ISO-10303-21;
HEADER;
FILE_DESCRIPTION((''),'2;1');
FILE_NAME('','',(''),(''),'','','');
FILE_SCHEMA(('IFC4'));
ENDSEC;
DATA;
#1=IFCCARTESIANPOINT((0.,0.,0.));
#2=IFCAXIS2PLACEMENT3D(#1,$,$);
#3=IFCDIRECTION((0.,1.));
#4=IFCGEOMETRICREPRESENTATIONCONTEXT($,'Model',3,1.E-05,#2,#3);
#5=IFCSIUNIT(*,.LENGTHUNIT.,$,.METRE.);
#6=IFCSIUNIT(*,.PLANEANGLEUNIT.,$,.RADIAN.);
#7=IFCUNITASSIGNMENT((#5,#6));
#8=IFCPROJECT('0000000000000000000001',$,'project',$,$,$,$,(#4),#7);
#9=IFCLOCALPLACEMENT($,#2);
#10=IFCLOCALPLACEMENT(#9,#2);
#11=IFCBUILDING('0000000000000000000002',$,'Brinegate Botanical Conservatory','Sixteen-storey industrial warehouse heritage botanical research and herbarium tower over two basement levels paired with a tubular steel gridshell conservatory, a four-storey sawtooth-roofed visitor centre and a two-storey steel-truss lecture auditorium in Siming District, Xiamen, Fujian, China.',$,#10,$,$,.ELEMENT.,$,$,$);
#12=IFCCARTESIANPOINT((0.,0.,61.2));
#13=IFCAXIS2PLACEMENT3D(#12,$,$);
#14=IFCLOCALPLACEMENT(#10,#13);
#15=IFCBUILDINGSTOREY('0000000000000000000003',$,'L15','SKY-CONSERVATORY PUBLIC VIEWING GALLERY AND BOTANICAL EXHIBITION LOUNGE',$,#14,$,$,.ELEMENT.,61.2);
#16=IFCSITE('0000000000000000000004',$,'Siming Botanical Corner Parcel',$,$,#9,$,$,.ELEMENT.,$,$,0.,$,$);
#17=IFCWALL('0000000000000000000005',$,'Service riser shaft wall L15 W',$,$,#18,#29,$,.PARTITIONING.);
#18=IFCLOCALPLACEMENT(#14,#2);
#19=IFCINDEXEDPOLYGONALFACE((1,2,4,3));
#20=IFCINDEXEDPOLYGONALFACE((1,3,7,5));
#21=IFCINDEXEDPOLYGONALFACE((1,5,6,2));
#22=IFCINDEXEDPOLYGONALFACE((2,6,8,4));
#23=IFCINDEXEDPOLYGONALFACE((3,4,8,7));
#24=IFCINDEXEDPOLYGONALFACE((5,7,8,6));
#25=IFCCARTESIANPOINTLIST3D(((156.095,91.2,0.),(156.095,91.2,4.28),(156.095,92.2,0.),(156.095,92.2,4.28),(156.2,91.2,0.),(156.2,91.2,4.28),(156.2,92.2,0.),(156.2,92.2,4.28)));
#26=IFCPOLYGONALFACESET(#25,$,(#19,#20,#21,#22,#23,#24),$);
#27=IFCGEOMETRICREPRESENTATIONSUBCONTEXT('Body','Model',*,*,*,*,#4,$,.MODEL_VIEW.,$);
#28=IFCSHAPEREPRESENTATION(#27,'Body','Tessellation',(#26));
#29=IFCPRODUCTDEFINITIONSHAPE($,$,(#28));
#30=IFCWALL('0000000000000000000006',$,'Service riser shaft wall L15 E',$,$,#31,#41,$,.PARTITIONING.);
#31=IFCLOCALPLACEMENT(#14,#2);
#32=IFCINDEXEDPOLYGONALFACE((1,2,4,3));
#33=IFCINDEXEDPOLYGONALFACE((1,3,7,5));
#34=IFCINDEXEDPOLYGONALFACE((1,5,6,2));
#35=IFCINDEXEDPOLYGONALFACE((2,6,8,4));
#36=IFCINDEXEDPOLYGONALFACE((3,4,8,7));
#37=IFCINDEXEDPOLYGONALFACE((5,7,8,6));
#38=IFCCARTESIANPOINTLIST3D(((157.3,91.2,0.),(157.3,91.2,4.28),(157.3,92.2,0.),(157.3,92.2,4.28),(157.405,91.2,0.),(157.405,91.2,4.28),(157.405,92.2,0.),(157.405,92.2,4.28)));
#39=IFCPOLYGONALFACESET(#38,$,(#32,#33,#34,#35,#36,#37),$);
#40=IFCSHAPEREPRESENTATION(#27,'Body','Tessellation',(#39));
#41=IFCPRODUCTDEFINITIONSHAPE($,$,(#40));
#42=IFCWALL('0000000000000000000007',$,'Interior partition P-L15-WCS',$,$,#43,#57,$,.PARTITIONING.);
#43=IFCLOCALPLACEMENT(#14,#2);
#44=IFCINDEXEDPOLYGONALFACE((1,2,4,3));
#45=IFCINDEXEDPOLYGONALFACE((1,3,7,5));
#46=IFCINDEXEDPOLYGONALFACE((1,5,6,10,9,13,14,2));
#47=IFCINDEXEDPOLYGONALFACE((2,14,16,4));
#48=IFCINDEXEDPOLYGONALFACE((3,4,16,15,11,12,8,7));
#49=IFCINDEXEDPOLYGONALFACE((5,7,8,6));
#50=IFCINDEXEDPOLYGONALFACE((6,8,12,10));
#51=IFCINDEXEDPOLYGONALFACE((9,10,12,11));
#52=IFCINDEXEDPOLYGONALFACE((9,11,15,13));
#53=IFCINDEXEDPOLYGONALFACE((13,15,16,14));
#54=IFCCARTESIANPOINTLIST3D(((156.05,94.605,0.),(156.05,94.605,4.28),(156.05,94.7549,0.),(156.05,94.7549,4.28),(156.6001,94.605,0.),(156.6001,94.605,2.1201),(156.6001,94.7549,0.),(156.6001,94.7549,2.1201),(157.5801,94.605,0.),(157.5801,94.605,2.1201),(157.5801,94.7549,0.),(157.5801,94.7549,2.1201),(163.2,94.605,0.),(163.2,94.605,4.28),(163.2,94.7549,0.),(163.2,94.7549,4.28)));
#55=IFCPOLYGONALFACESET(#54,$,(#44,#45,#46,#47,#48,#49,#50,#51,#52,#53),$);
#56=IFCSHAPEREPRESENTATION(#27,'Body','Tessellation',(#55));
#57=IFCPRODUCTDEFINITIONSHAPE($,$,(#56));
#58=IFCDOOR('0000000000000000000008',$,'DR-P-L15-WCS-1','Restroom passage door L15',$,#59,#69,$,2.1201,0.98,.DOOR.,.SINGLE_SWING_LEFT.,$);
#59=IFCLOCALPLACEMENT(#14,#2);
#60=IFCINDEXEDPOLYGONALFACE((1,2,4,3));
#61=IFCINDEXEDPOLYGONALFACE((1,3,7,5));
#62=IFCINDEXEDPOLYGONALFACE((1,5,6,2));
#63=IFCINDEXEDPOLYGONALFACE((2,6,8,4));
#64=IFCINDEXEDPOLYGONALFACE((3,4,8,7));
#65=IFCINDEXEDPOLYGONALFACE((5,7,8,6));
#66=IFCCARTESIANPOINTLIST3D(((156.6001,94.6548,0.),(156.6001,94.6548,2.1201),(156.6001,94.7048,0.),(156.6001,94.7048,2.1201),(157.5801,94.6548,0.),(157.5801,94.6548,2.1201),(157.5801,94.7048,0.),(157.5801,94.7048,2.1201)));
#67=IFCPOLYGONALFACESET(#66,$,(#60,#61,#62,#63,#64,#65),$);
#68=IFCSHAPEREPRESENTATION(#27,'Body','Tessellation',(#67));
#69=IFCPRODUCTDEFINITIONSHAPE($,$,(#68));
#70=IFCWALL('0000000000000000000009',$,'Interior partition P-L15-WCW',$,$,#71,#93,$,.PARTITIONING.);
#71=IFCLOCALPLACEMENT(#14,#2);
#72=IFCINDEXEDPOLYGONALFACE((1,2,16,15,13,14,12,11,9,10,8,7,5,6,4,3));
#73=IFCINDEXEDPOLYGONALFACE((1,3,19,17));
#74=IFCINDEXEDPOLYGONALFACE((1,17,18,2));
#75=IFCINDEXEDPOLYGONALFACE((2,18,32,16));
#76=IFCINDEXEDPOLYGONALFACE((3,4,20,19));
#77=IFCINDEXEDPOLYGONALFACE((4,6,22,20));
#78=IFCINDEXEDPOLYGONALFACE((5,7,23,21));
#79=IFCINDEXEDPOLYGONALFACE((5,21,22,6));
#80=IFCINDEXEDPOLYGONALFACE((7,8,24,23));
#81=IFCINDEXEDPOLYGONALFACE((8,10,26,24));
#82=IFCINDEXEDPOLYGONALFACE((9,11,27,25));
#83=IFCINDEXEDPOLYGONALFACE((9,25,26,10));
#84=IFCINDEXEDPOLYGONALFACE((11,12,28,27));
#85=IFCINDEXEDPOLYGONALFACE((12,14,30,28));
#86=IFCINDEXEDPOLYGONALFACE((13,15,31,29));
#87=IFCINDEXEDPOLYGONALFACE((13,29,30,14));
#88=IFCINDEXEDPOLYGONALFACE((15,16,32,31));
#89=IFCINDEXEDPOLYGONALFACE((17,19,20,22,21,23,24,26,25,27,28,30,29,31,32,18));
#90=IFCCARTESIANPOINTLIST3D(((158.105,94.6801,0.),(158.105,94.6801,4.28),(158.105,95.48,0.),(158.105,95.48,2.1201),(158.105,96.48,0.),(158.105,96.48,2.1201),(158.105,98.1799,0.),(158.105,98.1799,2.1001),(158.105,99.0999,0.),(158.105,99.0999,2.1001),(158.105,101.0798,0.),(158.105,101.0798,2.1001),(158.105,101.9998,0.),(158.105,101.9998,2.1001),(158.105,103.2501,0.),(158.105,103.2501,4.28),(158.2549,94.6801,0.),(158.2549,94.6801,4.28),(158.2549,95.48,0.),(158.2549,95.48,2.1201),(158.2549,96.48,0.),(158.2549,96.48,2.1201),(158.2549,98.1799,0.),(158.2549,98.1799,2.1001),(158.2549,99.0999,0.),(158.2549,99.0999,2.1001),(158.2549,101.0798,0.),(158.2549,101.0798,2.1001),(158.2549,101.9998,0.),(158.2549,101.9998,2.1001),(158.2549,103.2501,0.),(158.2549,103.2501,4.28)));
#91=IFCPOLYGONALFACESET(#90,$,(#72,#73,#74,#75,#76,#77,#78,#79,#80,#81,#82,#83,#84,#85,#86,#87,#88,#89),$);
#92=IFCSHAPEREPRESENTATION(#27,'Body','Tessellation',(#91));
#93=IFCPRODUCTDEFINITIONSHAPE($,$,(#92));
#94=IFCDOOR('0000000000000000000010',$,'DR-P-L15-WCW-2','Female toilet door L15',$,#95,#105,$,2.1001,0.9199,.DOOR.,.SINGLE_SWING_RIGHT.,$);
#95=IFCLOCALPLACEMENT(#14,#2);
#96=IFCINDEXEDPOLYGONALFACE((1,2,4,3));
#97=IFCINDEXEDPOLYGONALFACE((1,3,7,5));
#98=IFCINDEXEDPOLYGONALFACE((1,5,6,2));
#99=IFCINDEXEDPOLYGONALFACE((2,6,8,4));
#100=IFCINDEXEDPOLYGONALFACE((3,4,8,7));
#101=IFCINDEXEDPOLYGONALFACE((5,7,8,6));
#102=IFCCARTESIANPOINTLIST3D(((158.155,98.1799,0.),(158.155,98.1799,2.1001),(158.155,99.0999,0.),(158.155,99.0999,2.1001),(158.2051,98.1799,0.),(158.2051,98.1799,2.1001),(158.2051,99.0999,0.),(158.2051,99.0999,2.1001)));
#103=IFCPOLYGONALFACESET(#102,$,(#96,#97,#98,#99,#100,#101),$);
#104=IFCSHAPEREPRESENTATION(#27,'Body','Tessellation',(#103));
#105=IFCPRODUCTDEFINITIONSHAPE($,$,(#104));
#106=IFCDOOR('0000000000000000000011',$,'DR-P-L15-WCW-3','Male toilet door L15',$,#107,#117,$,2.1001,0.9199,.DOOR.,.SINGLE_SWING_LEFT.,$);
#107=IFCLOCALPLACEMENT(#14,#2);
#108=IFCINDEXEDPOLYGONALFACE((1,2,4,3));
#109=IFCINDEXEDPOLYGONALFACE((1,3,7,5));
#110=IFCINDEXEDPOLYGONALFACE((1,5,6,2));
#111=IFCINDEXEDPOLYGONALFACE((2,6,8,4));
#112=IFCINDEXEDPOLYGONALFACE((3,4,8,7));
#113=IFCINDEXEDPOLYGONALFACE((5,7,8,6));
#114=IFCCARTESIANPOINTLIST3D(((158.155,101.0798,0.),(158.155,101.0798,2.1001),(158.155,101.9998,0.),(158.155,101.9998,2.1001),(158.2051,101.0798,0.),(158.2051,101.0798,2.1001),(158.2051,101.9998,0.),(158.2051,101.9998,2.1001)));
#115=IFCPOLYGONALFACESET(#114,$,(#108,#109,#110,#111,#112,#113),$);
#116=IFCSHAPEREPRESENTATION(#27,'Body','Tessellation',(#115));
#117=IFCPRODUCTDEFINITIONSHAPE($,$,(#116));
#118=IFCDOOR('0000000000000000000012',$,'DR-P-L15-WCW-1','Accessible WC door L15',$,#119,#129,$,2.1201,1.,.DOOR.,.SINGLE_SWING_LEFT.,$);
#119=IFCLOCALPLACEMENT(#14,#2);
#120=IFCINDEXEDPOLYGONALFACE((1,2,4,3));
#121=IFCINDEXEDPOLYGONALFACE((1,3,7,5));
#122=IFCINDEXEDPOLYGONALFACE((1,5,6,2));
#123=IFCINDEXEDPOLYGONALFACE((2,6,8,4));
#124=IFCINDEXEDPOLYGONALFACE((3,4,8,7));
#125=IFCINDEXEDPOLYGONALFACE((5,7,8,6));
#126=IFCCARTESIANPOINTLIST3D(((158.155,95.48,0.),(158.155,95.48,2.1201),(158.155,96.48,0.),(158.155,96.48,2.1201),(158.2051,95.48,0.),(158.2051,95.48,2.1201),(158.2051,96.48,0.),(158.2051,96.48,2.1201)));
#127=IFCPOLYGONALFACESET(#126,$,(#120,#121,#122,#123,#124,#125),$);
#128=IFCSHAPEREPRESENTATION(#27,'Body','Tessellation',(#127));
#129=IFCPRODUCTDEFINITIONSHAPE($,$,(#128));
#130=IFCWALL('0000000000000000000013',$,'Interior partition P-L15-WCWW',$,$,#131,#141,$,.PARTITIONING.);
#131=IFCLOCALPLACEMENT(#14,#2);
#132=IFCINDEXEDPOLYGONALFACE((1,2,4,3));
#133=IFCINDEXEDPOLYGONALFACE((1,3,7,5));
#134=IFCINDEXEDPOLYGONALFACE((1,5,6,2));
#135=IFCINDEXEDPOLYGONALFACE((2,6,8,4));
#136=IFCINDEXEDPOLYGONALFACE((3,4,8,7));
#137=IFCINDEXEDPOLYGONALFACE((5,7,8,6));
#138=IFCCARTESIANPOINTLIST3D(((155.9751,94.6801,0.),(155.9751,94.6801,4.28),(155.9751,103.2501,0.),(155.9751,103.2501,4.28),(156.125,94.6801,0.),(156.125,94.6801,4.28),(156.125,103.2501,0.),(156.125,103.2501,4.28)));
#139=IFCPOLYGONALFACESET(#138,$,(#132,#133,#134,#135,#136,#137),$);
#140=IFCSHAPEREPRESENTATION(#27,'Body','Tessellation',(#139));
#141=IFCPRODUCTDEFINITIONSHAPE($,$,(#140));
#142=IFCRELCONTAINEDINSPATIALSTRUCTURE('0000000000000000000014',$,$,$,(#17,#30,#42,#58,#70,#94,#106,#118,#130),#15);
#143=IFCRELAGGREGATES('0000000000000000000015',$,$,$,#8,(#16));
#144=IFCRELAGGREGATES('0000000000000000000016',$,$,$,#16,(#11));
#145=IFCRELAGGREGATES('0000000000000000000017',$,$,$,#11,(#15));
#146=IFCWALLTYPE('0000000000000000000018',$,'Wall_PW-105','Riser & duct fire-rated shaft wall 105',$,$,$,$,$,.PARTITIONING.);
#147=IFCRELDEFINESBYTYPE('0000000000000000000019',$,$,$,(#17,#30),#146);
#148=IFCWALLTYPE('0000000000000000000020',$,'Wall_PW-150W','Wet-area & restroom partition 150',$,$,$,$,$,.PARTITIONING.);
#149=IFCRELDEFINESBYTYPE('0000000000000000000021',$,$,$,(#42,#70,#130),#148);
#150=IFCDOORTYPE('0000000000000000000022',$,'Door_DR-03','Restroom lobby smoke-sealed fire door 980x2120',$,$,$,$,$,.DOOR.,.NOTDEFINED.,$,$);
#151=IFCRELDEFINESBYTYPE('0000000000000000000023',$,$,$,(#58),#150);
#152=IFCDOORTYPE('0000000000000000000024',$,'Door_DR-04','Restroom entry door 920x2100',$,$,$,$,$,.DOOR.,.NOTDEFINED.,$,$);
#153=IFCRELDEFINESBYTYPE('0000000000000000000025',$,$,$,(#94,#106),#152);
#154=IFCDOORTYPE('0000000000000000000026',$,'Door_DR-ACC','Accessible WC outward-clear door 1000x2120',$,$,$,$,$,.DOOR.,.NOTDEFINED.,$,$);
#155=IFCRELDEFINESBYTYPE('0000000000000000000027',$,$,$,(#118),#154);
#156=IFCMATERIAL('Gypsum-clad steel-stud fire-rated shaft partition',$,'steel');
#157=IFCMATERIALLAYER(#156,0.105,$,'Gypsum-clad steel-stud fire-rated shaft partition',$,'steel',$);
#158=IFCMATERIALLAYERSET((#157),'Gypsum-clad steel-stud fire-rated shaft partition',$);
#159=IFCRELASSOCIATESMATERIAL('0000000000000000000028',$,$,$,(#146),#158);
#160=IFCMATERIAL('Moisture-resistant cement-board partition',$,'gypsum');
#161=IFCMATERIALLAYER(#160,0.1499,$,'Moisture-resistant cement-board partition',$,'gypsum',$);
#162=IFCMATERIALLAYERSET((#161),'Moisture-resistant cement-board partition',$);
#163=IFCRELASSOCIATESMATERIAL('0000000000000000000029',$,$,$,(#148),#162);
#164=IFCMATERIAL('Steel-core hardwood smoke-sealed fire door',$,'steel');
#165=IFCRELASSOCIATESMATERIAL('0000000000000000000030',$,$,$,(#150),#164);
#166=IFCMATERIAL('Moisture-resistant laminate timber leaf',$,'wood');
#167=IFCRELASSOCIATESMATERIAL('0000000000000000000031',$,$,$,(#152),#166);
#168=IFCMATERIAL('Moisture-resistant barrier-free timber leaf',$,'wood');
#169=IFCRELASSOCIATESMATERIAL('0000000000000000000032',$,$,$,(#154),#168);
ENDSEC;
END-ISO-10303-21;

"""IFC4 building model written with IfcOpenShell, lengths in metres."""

from ifc_helpers import new_model, si_unit, direction, frame, frame_2d, origin, place, context, subcontext, project, spatial, rectangle, extrude, material, layer, layer_set, type_object, element, fill, save


model = new_model("IFC4")

# Units and contexts
model_context = context("Model", 3, precision=1e-05, world=origin(), true_north=direction((0.0, 1.0)))
body_context = subcontext(model_context, "Body", "Model", "MODEL_VIEW")
ifc_project = project(units=[si_unit("LENGTHUNIT", "METRE"), si_unit("PLANEANGLEUNIT", "RADIAN")], contexts=[model_context])

# Site, building, storey
site_placement = place(None, origin())
site = spatial("IfcSite", under=ifc_project, at=site_placement, Name="Siming Botanical Corner Parcel", CompositionType="ELEMENT", RefElevation=0.0)
building_placement = place(site_placement, origin())
building = spatial("IfcBuilding", under=site, at=building_placement, Name="Brinegate Botanical Conservatory", Description="Sixteen-storey industrial warehouse heritage botanical research and herbarium tower over two basement levels paired with a tubular steel gridshell conservatory, a four-storey sawtooth-roofed visitor centre and a two-storey steel-truss lecture auditorium in Siming District, Xiamen, Fujian, China.", CompositionType="ELEMENT")
storey_placement = place(building_placement, frame((0.0, 0.0, 61.2)))
storey = spatial("IfcBuildingStorey", under=building, at=storey_placement, Name="L15", Description="SKY-CONSERVATORY PUBLIC VIEWING GALLERY AND BOTANICAL EXHIBITION LOUNGE", CompositionType="ELEMENT", Elevation=61.2)

# Walls
ifc_material_1 = material(Name="Gypsum-clad steel-stud fire-rated shaft partition", Category="steel")
ifc_layer_1 = layer(ifc_material_1, 0.105, Name="Gypsum-clad steel-stud fire-rated shaft partition", Category="steel")
ifc_layer_set_1 = layer_set([ifc_layer_1], Name="Gypsum-clad steel-stud fire-rated shaft partition")
wall_type_1 = type_object("IfcWallType", Name="Wall_PW-105", Description="Riser & duct fire-rated shaft wall 105", PredefinedType="PARTITIONING", material=ifc_layer_set_1)
for number, where, z_axis, x_axis, name in (
    (1, (156.1475, 91.2, 0.0), (0.0, 0.0, 1.0), (0.0, 1.0, 0.0), "Service riser shaft wall L15 W"),
    (2, (157.3525, 91.2, 0.0), (0.0, 0.0, 1.0), (0.0, 1.0, 0.0), "Service riser shaft wall L15 E"),
):
    element("IfcWall", number, at=place(storey_placement, frame(where, z_axis=z_axis, x_axis=x_axis)), inside=storey, type_object=wall_type_1, Name=name, PredefinedType="PARTITIONING", context=body_context, shape_type="SweptSolid", body=[
        extrude(rectangle(XDim=1.0, YDim=0.105, at=frame_2d((0.5, 0.0))), origin(), (0.0, 0.0, 1.0), 4.28),
    ])

# Wall, opening, door
ifc_material_2 = material(Name="Moisture-resistant cement-board partition", Category="gypsum")
ifc_layer_2 = layer(ifc_material_2, 0.1499, Name="Moisture-resistant cement-board partition", Category="gypsum")
ifc_layer_set_2 = layer_set([ifc_layer_2], Name="Moisture-resistant cement-board partition")
wall_type_2 = type_object("IfcWallType", Name="Wall_PW-150W", Description="Wet-area & restroom partition 150", PredefinedType="PARTITIONING", material=ifc_layer_set_2)
wall_1_placement = place(storey_placement, frame((156.05, 94.6799, 0.0), z_axis=(0.0, 0.0, 1.0), x_axis=(1.0, 0.0, 0.0)))
wall_1 = element("IfcWall", 3, at=wall_1_placement, inside=storey, type_object=wall_type_2, Name="Interior partition P-L15-WCS", PredefinedType="PARTITIONING", context=body_context, shape_type="SweptSolid", body=[
    extrude(rectangle(XDim=7.1499, YDim=0.1499, at=frame_2d((3.575, 0.0))), origin(), (0.0, 0.0, 1.0), 4.28),
])
opening_1_placement = place(wall_1_placement, frame((0.55, 0.0, 0.0)))
opening_1 = element("IfcOpeningElement", 4, at=opening_1_placement, cuts=wall_1, PredefinedType="OPENING", context=body_context, shape_type="SweptSolid", body=[
    extrude(rectangle(XDim=0.98, YDim=2.1201, at=frame_2d((0.49, 1.0601))), frame((0.0, 0.085, 0.0), z_axis=(0.0, -1.0, 0.0), x_axis=(1.0, 0.0, 0.0)), (0.0, 0.0, 1.0), 0.1699),
])
ifc_material_3 = material(Name="Steel-core hardwood smoke-sealed fire door", Category="steel")
door_type_1 = type_object("IfcDoorType", Name="Door_DR-03", Description="Restroom lobby smoke-sealed fire door 980x2120", OperationType="NOTDEFINED", PredefinedType="DOOR", material=ifc_material_3)
door_1_placement = place(opening_1_placement, origin())
door_1 = element("IfcDoor", 5, at=door_1_placement, inside=storey, type_object=door_type_1, Name="DR-P-L15-WCS-1", Description="Restroom passage door L15", OperationType="SINGLE_SWING_LEFT", OverallHeight=2.1201, OverallWidth=0.98, PredefinedType="DOOR", context=body_context, shape_type="SweptSolid", body=[
    extrude(rectangle(XDim=0.98, YDim=2.1201, at=frame_2d((0.49, 1.0601))), frame((0.0, 0.0249, 0.0), z_axis=(0.0, -1.0, 0.0), x_axis=(1.0, 0.0, 0.0)), (0.0, 0.0, 1.0), 0.05),
])
fill(opening_1, door_1)

# Wall, openings, doors
wall_2_placement = place(storey_placement, frame((158.1799, 94.6799, 0.0), z_axis=(0.0, 0.0, 1.0), x_axis=(0.0, 1.0, 0.0)))
wall_2 = element("IfcWall", 6, at=wall_2_placement, inside=storey, type_object=wall_type_2, Name="Interior partition P-L15-WCW", PredefinedType="PARTITIONING", context=body_context, shape_type="SweptSolid", body=[
    extrude(rectangle(XDim=8.5701, YDim=0.1499, at=frame_2d((4.2852, 0.0))), origin(), (0.0, 0.0, 1.0), 4.28),
])
opening_2_placement = place(wall_2_placement, frame((0.8, 0.0, 0.0)))
opening_2 = element("IfcOpeningElement", 7, at=opening_2_placement, cuts=wall_2, PredefinedType="OPENING", context=body_context, shape_type="SweptSolid", body=[
    extrude(rectangle(XDim=1.0, YDim=2.1201, at=frame_2d((0.5, 1.0601))), frame((0.0, 0.085, 0.0), z_axis=(0.0, -1.0, 0.0), x_axis=(1.0, 0.0, 0.0)), (0.0, 0.0, 1.0), 0.1699),
])
opening_3_placement = place(wall_2_placement, frame((3.5, 0.0, 0.0)))
opening_3 = element("IfcOpeningElement", 8, at=opening_3_placement, cuts=wall_2, PredefinedType="OPENING", context=body_context, shape_type="SweptSolid", body=[
    extrude(rectangle(XDim=0.9199, YDim=2.1001, at=frame_2d((0.46, 1.05))), frame((0.0, 0.085, 0.0), z_axis=(0.0, -1.0, 0.0), x_axis=(1.0, 0.0, 0.0)), (0.0, 0.0, 1.0), 0.1699),
])
opening_4_placement = place(wall_2_placement, frame((6.3999, 0.0, 0.0)))
opening_4 = element("IfcOpeningElement", 9, at=opening_4_placement, cuts=wall_2, PredefinedType="OPENING", context=body_context, shape_type="SweptSolid", body=[
    extrude(rectangle(XDim=0.9199, YDim=2.1001, at=frame_2d((0.46, 1.05))), frame((0.0, 0.085, 0.0), z_axis=(0.0, -1.0, 0.0), x_axis=(1.0, 0.0, 0.0)), (0.0, 0.0, 1.0), 0.1699),
])
ifc_material_4 = material(Name="Moisture-resistant laminate timber leaf", Category="wood")
door_type_2 = type_object("IfcDoorType", Name="Door_DR-04", Description="Restroom entry door 920x2100", OperationType="NOTDEFINED", PredefinedType="DOOR", material=ifc_material_4)
door_2_placement = place(opening_3_placement, origin())
door_2 = element("IfcDoor", 10, at=door_2_placement, inside=storey, type_object=door_type_2, Name="DR-P-L15-WCW-2", Description="Female toilet door L15", OperationType="SINGLE_SWING_RIGHT", OverallHeight=2.1001, OverallWidth=0.9199, PredefinedType="DOOR", context=body_context, shape_type="SweptSolid", body=[
    extrude(rectangle(XDim=0.9199, YDim=2.1001, at=frame_2d((0.46, 1.05))), frame((0.0, 0.0249, 0.0), z_axis=(0.0, -1.0, 0.0), x_axis=(1.0, 0.0, 0.0)), (0.0, 0.0, 1.0), 0.05),
])
fill(opening_3, door_2)
door_3_placement = place(opening_4_placement, origin())
door_3 = element("IfcDoor", 11, at=door_3_placement, inside=storey, type_object=door_type_2, Name="DR-P-L15-WCW-3", Description="Male toilet door L15", OperationType="SINGLE_SWING_LEFT", OverallHeight=2.1001, OverallWidth=0.9199, PredefinedType="DOOR", context=body_context, shape_type="SweptSolid", body=[
    extrude(rectangle(XDim=0.9199, YDim=2.1001, at=frame_2d((0.46, 1.05))), frame((0.0, 0.0249, 0.0), z_axis=(0.0, -1.0, 0.0), x_axis=(1.0, 0.0, 0.0)), (0.0, 0.0, 1.0), 0.05),
])
fill(opening_4, door_3)
ifc_material_5 = material(Name="Moisture-resistant barrier-free timber leaf", Category="wood")
door_type_3 = type_object("IfcDoorType", Name="Door_DR-ACC", Description="Accessible WC outward-clear door 1000x2120", OperationType="NOTDEFINED", PredefinedType="DOOR", material=ifc_material_5)
door_4_placement = place(opening_2_placement, origin())
door_4 = element("IfcDoor", 12, at=door_4_placement, inside=storey, type_object=door_type_3, Name="DR-P-L15-WCW-1", Description="Accessible WC door L15", OperationType="SINGLE_SWING_LEFT", OverallHeight=2.1201, OverallWidth=1.0, PredefinedType="DOOR", context=body_context, shape_type="SweptSolid", body=[
    extrude(rectangle(XDim=1.0, YDim=2.1201, at=frame_2d((0.5, 1.0601))), frame((0.0, 0.0249, 0.0), z_axis=(0.0, -1.0, 0.0), x_axis=(1.0, 0.0, 0.0)), (0.0, 0.0, 1.0), 0.05),
])
fill(opening_2, door_4)

# Wall
wall_3_placement = place(storey_placement, frame((156.05, 94.6799, 0.0), z_axis=(0.0, 0.0, 1.0), x_axis=(0.0, 1.0, 0.0)))
element("IfcWall", 13, at=wall_3_placement, inside=storey, type_object=wall_type_2, Name="Interior partition P-L15-WCWW", PredefinedType="PARTITIONING", context=body_context, shape_type="SweptSolid", body=[
    extrude(rectangle(XDim=8.5701, YDim=0.1499, at=frame_2d((4.2852, 0.0))), origin(), (0.0, 0.0, 1.0), 4.28),
])

save(model, "model.ifc")
